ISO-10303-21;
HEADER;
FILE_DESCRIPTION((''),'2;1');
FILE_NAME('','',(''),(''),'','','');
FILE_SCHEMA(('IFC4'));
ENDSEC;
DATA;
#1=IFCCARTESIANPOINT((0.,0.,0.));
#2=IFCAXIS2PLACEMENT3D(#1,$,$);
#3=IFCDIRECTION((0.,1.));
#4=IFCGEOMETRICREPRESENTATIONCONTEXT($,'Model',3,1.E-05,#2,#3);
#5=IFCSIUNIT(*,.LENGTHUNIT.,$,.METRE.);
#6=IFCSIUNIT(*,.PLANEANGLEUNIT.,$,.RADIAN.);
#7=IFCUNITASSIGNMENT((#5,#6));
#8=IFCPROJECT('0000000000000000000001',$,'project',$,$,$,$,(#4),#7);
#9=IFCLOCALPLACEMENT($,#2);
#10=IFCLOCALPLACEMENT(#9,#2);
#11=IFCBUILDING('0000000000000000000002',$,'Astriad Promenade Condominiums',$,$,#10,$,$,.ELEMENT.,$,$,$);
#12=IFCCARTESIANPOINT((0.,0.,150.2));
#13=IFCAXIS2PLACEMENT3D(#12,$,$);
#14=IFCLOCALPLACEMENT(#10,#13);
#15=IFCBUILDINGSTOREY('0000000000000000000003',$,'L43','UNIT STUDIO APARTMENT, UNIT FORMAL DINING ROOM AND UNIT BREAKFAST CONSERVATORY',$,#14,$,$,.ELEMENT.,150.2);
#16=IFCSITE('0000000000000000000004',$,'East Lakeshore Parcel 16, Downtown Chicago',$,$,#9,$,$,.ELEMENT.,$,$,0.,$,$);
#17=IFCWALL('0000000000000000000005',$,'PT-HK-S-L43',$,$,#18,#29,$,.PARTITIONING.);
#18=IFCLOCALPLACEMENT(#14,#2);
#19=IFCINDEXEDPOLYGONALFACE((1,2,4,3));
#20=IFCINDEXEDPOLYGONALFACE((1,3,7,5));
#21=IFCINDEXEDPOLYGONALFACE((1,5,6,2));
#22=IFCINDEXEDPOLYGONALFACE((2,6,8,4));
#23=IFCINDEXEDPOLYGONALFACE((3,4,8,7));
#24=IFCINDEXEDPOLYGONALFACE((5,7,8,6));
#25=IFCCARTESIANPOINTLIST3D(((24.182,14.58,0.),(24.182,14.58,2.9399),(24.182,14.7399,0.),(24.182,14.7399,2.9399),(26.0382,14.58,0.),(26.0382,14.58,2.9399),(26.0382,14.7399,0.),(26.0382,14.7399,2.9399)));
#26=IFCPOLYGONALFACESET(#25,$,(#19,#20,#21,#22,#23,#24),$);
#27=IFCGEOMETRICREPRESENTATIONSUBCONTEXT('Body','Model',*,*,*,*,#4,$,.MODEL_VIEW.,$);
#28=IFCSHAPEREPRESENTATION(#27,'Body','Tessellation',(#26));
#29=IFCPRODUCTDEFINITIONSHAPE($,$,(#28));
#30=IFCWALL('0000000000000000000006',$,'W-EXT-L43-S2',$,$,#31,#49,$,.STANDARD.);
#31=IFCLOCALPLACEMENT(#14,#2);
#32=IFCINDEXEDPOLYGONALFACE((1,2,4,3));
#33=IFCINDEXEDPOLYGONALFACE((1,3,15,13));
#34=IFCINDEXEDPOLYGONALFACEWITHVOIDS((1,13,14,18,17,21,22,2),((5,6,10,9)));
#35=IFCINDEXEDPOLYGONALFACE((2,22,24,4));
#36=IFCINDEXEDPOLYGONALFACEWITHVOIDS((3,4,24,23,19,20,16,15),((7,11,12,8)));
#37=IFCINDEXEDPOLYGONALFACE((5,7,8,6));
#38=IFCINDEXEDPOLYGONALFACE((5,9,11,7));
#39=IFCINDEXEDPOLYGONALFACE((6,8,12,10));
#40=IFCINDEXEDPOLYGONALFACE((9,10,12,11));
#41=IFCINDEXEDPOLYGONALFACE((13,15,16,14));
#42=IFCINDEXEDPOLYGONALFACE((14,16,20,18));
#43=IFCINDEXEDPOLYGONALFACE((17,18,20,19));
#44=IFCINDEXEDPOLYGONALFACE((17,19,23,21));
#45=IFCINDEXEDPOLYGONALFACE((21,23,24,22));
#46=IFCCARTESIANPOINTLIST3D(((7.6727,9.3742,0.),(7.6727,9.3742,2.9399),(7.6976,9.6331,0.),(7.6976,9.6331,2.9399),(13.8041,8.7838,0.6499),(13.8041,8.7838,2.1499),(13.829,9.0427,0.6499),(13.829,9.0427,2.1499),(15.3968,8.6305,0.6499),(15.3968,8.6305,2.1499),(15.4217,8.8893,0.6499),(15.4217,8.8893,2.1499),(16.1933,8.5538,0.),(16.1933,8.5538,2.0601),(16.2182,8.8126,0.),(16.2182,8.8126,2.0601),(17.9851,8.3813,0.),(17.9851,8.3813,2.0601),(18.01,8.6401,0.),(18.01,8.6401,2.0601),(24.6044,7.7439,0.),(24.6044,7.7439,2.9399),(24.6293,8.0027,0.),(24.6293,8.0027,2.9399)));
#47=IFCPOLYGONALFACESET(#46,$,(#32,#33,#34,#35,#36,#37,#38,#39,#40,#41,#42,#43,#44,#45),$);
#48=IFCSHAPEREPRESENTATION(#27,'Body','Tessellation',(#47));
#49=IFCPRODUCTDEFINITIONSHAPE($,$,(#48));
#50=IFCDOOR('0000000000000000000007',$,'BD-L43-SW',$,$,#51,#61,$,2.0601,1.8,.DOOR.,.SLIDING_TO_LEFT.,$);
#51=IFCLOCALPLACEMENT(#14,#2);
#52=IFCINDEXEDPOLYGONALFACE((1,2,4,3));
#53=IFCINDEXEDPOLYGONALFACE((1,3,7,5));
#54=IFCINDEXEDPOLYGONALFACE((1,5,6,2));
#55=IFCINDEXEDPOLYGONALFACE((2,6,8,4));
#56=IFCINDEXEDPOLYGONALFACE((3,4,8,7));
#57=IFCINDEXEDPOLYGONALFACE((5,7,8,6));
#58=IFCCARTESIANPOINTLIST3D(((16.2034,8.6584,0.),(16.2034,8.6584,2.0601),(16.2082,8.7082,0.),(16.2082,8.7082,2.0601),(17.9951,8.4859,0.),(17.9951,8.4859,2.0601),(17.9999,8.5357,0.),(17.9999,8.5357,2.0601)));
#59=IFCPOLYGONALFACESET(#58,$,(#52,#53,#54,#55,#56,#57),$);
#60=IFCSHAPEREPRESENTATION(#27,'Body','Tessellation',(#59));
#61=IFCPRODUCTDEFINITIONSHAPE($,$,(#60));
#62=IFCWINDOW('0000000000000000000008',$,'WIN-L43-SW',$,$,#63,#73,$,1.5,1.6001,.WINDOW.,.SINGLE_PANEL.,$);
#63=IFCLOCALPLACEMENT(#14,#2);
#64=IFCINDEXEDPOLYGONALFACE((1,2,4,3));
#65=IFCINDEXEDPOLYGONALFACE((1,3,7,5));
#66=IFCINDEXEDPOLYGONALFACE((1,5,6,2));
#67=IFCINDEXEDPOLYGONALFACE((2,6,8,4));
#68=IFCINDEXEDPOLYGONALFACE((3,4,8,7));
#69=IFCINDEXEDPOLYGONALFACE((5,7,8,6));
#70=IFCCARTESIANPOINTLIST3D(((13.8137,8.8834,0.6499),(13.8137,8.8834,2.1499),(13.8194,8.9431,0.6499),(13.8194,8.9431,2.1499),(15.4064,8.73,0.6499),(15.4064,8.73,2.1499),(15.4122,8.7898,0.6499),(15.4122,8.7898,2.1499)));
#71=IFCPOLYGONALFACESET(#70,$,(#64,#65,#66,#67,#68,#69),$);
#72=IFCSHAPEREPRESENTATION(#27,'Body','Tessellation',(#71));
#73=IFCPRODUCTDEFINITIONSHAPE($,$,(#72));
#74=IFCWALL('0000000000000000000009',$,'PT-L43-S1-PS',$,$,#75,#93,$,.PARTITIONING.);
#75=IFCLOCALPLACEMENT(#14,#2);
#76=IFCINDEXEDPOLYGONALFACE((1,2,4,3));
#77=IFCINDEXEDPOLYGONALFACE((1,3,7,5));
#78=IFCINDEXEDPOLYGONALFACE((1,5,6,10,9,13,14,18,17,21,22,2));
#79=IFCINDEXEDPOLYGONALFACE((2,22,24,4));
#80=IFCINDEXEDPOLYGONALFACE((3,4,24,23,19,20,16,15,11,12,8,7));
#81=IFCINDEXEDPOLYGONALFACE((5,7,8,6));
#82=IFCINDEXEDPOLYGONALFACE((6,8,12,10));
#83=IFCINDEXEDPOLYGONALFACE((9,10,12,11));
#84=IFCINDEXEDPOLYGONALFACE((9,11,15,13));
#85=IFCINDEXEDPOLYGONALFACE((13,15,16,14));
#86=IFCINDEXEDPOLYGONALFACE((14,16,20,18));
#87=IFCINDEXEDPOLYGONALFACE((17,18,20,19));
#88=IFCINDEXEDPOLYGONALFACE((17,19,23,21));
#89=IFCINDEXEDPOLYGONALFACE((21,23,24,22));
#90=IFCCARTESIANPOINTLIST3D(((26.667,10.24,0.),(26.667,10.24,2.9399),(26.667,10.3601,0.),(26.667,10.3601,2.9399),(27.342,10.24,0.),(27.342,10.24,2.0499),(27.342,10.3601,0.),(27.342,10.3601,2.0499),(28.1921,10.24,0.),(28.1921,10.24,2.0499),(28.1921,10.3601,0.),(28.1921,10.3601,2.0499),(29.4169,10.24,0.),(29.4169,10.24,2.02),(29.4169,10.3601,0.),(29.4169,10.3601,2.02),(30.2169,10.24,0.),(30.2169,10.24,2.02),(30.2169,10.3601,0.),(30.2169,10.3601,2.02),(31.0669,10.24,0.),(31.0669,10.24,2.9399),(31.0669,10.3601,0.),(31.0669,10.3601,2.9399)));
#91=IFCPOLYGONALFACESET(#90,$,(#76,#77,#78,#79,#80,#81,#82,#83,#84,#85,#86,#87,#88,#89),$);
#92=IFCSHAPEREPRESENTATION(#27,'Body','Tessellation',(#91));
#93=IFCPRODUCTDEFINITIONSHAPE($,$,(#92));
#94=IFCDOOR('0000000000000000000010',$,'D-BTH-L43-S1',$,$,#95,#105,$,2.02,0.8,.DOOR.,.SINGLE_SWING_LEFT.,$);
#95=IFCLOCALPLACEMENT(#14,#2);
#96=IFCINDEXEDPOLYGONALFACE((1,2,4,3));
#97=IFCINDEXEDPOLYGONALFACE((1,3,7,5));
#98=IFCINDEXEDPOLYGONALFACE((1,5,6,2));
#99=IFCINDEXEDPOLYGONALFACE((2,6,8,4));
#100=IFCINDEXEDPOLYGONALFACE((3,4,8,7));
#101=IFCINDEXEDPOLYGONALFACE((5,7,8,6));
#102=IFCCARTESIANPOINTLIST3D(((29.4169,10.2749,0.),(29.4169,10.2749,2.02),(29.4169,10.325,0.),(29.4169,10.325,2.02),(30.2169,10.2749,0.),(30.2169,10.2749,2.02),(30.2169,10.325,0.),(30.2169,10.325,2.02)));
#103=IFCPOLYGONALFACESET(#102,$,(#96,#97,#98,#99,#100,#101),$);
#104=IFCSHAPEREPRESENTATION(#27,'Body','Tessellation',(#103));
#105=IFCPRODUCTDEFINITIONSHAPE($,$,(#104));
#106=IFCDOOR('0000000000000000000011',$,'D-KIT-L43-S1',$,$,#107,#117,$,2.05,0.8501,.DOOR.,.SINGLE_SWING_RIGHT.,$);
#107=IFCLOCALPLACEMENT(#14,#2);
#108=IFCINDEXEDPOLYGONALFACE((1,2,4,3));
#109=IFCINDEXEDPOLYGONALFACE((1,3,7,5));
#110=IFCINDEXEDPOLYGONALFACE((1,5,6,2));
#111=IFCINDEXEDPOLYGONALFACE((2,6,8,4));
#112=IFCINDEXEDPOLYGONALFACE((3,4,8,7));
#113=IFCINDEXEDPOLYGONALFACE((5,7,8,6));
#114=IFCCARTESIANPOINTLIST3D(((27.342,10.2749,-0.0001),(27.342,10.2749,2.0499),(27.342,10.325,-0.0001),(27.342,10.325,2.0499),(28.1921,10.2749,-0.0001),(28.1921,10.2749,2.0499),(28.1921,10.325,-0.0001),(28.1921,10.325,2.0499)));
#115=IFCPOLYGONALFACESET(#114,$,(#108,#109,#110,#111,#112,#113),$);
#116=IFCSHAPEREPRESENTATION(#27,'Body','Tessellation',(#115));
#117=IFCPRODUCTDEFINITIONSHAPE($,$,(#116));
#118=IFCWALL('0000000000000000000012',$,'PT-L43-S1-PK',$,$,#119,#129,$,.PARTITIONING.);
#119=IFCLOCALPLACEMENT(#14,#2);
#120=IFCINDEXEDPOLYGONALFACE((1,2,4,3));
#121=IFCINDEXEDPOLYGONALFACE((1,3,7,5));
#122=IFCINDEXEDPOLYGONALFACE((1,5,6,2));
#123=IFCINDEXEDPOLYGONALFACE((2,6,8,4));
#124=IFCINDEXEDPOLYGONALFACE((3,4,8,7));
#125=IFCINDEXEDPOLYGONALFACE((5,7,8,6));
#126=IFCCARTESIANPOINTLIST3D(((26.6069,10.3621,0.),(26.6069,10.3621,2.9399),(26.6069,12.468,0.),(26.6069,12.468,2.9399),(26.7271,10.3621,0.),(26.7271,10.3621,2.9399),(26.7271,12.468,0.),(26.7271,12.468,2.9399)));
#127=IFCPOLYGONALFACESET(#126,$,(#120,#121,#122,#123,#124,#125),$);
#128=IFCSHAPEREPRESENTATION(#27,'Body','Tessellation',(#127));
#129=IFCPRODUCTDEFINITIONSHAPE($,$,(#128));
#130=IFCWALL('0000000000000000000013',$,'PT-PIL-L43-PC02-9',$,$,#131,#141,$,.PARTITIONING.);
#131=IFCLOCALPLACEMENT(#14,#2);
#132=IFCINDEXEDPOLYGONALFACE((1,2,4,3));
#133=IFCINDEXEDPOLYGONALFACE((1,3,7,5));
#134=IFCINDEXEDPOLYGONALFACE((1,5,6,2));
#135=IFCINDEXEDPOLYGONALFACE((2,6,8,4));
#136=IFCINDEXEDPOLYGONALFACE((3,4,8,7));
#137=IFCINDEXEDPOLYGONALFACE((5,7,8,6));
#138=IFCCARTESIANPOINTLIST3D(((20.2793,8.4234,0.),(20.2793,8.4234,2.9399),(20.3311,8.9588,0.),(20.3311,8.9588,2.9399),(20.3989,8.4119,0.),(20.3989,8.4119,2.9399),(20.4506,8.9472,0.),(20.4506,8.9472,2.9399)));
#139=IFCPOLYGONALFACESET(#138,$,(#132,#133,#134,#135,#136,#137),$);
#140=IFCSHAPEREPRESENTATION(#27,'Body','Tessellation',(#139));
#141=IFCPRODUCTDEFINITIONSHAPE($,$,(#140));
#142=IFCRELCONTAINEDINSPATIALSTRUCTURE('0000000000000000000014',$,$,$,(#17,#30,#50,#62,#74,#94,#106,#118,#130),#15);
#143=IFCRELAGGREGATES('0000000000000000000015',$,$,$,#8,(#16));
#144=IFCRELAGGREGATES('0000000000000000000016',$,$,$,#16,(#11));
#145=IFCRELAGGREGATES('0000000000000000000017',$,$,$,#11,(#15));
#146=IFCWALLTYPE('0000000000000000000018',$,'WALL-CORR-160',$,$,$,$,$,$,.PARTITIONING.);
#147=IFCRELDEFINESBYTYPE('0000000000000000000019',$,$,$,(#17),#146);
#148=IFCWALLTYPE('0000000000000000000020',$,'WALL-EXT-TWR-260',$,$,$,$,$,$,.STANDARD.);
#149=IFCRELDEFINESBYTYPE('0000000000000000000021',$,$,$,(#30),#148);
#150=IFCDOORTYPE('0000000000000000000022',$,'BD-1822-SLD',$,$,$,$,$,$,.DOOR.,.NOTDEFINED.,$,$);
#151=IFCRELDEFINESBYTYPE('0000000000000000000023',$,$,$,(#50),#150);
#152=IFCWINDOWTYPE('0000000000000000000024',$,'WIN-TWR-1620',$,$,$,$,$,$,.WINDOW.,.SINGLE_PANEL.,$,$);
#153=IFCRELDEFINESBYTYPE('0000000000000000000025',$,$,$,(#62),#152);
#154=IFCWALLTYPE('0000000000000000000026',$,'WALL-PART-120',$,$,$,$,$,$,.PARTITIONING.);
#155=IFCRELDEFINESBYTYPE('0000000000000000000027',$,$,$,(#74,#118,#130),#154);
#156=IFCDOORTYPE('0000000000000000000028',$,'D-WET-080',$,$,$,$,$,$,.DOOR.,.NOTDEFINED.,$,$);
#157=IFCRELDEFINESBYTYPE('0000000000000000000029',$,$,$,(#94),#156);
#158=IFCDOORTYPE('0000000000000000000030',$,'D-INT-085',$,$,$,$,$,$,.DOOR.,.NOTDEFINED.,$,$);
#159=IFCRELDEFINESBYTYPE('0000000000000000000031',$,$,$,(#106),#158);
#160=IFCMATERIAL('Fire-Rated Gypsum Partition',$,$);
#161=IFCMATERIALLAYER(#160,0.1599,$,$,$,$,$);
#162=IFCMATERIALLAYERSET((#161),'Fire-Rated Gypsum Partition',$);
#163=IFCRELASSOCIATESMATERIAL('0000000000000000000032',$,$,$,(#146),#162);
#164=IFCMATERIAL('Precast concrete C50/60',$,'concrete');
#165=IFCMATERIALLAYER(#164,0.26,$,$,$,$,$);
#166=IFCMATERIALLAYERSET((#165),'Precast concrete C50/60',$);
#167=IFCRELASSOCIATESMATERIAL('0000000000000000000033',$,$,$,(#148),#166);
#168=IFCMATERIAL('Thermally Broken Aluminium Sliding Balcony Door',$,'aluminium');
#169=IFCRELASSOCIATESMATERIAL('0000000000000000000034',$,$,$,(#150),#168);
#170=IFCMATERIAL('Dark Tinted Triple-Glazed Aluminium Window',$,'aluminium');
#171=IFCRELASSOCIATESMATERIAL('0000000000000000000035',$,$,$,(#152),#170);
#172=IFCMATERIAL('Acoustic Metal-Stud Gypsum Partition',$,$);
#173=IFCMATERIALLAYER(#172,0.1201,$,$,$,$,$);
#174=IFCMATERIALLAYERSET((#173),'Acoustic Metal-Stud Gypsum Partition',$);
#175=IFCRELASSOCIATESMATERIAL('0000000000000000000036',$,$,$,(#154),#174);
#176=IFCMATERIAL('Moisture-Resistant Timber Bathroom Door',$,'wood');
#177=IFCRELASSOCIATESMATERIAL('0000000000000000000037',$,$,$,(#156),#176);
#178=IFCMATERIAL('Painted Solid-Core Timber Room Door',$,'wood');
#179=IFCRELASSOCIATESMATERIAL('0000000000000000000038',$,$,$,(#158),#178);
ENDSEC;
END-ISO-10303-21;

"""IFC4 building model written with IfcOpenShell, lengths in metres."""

from ifc_helpers import new_model, si_unit, direction, frame, frame_2d, origin, place, context, subcontext, project, spatial, rectangle, extrude, source, transform, mapped, material, layer, layer_set, type_object, type_shapes, element, fill, save


model = new_model("IFC4")

# Units and contexts
model_context = context("Model", 3, precision=1e-05, world=origin(), true_north=direction((0.0, 1.0)))
body_context = subcontext(model_context, "Body", "Model", "MODEL_VIEW")
ifc_project = project(units=[si_unit("LENGTHUNIT", "METRE"), si_unit("PLANEANGLEUNIT", "RADIAN")], contexts=[model_context])

# Site, building, storey
site_placement = place(None, origin())
site = spatial("IfcSite", under=ifc_project, at=site_placement, Name="East Lakeshore Parcel 16, Downtown Chicago", CompositionType="ELEMENT", RefElevation=0.0)
building_placement = place(site_placement, origin())
building = spatial("IfcBuilding", under=site, at=building_placement, Name="Astriad Promenade Condominiums", CompositionType="ELEMENT")
storey_placement = place(building_placement, frame((0.0, 0.0, 150.2)))
storey = spatial("IfcBuildingStorey", under=building, at=storey_placement, Name="L43", Description="UNIT STUDIO APARTMENT, UNIT FORMAL DINING ROOM AND UNIT BREAKFAST CONSERVATORY", CompositionType="ELEMENT", Elevation=150.2)

# Shared definitions
ifc_material_1 = material(Name="Fire-Rated Gypsum Partition")
ifc_layer_1 = layer(ifc_material_1, 0.1599)
ifc_layer_set_1 = layer_set([ifc_layer_1], Name="Fire-Rated Gypsum Partition")
wall_type_1 = type_object("IfcWallType", Name="WALL-CORR-160", PredefinedType="PARTITIONING", material=ifc_layer_set_1)

# Wall
wall_1_placement = place(storey_placement, frame((24.1819, 14.6599, 0.0), z_axis=(0.0, 0.0, 1.0), x_axis=(1.0, 0.0, 0.0)))
element("IfcWall", 1, at=wall_1_placement, inside=storey, type_object=wall_type_1, Name="PT-HK-S-L43", PredefinedType="PARTITIONING", context=body_context, shape_type="SweptSolid", body=[
    extrude(rectangle(XDim=1.8562, YDim=0.1599, at=frame_2d((0.9282, 0.0))), origin(), (0.0, 0.0, 1.0), 2.9399),
])

# Wall, openings, door, window
ifc_material_2 = material(Name="Precast concrete C50/60", Category="concrete")
ifc_layer_2 = layer(ifc_material_2, 0.26)
ifc_layer_set_2 = layer_set([ifc_layer_2], Name="Precast concrete C50/60")
wall_type_2 = type_object("IfcWallType", Name="WALL-EXT-TWR-260", PredefinedType="STANDARD", material=ifc_layer_set_2)
wall_2_placement = place(storey_placement, frame((24.6167, 7.8733, 0.0), z_axis=(0.0, 0.0, 1.0), x_axis=(-0.995396, 0.095848, 0.0)))
wall_2 = element("IfcWall", 2, at=wall_2_placement, inside=storey, type_object=wall_type_2, Name="W-EXT-L43-S2", PredefinedType="STANDARD", context=body_context, shape_type="SweptSolid", body=[
    extrude(rectangle(XDim=17.01, YDim=0.26, at=frame_2d((8.5049, 0.0))), origin(), (0.0, 0.0, 1.0), 2.9399),
])
opening_1_placement = place(wall_2_placement, frame((6.6499, 0.0, 0.0)))
opening_1 = element("IfcOpeningElement", 3, at=opening_1_placement, cuts=wall_2, PredefinedType="OPENING", context=body_context, shape_type="SweptSolid", body=[
    extrude(rectangle(XDim=1.8, YDim=2.0601, at=frame_2d((0.8999, 1.03))), frame((0.0, 0.1399, 0.0), z_axis=(0.0, -1.0, 0.0), x_axis=(1.0, 0.0, 0.0)), (0.0, 0.0, 1.0), 0.28),
])
opening_2_placement = place(wall_2_placement, frame((9.25, 0.0, 0.6499)))
opening_2 = element("IfcOpeningElement", 4, at=opening_2_placement, cuts=wall_2, PredefinedType="OPENING", context=body_context, shape_type="SweptSolid", body=[
    extrude(rectangle(XDim=1.6001, YDim=1.5, at=frame_2d((0.8, 0.75))), frame((0.0, 0.1399, 0.0), z_axis=(0.0, -1.0, 0.0), x_axis=(1.0, 0.0, 0.0)), (0.0, 0.0, 1.0), 0.28),
])
ifc_material_3 = material(Name="Thermally Broken Aluminium Sliding Balcony Door", Category="aluminium")
door_type_1 = type_object("IfcDoorType", Name="BD-1822-SLD", OperationType="NOTDEFINED", PredefinedType="DOOR", material=ifc_material_3)
shared_shape_1 = source(origin(), body_context, "Body", "SweptSolid", [
    extrude(rectangle(XDim=1.8, YDim=2.0601, at=frame_2d((0.8999, 1.03))), frame((0.0, 0.0249, 0.0), z_axis=(0.0, -1.0, 0.0), x_axis=(1.0, 0.0, 0.0)), (0.0, 0.0, 1.0), 0.05),
])
type_shapes(door_type_1, [shared_shape_1])
door_1_placement = place(opening_1_placement, origin())
door_1 = element("IfcDoor", 5, at=door_1_placement, inside=storey, type_object=door_type_1, Name="BD-L43-SW", OperationType="SLIDING_TO_LEFT", OverallHeight=2.0601, OverallWidth=1.8, PredefinedType="DOOR", context=body_context, shape_type="MappedRepresentation", body=[
    mapped(shared_shape_1, transform((0.0, 0.0, 0.0), scale=1.0)),
])
fill(opening_1, door_1)
ifc_material_4 = material(Name="Dark Tinted Triple-Glazed Aluminium Window", Category="aluminium")
window_type = type_object("IfcWindowType", Name="WIN-TWR-1620", PartitioningType="SINGLE_PANEL", PredefinedType="WINDOW", material=ifc_material_4)
shared_shape_2 = source(origin(), body_context, "Body", "SweptSolid", [
    extrude(rectangle(XDim=1.6001, YDim=1.5, at=frame_2d((0.8, 0.75))), frame((0.0, 0.03, 0.0), z_axis=(0.0, -1.0, 0.0), x_axis=(1.0, 0.0, 0.0)), (0.0, 0.0, 1.0), 0.0601),
])
type_shapes(window_type, [shared_shape_2])
window_placement = place(opening_2_placement, origin())
window = element("IfcWindow", 6, at=window_placement, inside=storey, type_object=window_type, Name="WIN-L43-SW", OverallHeight=1.5, OverallWidth=1.6001, PartitioningType="SINGLE_PANEL", PredefinedType="WINDOW", context=body_context, shape_type="MappedRepresentation", body=[
    mapped(shared_shape_2, transform((0.0, 0.0, 0.0), scale=1.0)),
])
fill(opening_2, window)

# Wall, openings, doors
ifc_material_5 = material(Name="Acoustic Metal-Stud Gypsum Partition")
ifc_layer_3 = layer(ifc_material_5, 0.1201)
ifc_layer_set_3 = layer_set([ifc_layer_3], Name="Acoustic Metal-Stud Gypsum Partition")
wall_type_3 = type_object("IfcWallType", Name="WALL-PART-120", PredefinedType="PARTITIONING", material=ifc_layer_set_3)
wall_3_placement = place(storey_placement, frame((26.667, 10.3, 0.0), z_axis=(0.0, 0.0, 1.0), x_axis=(1.0, 0.0, 0.0)))
wall_3 = element("IfcWall", 7, at=wall_3_placement, inside=storey, type_object=wall_type_3, Name="PT-L43-S1-PS", PredefinedType="PARTITIONING", context=body_context, shape_type="SweptSolid", body=[
    extrude(rectangle(XDim=4.3999, YDim=0.1201, at=frame_2d((2.2, 0.0))), origin(), (0.0, 0.0, 1.0), 2.9399),
])
opening_3_placement = place(wall_3_placement, frame((0.675, 0.0, 0.0)))
opening_3 = element("IfcOpeningElement", 8, at=opening_3_placement, cuts=wall_3, PredefinedType="OPENING", context=body_context, shape_type="SweptSolid", body=[
    extrude(rectangle(XDim=0.8501, YDim=2.05, at=frame_2d((0.425, 1.0249))), frame((0.0, 0.0701, 0.0), z_axis=(0.0, -1.0, 0.0), x_axis=(1.0, 0.0, 0.0)), (0.0, 0.0, 1.0), 0.1401),
])
opening_4_placement = place(wall_3_placement, frame((2.75, 0.0, 0.0)))
opening_4 = element("IfcOpeningElement", 9, at=opening_4_placement, cuts=wall_3, PredefinedType="OPENING", context=body_context, shape_type="SweptSolid", body=[
    extrude(rectangle(XDim=0.8, YDim=2.02, at=frame_2d((0.3999, 1.01))), frame((0.0, 0.0701, 0.0), z_axis=(0.0, -1.0, 0.0), x_axis=(1.0, 0.0, 0.0)), (0.0, 0.0, 1.0), 0.1401),
])
ifc_material_6 = material(Name="Moisture-Resistant Timber Bathroom Door", Category="wood")
door_type_2 = type_object("IfcDoorType", Name="D-WET-080", OperationType="NOTDEFINED", PredefinedType="DOOR", material=ifc_material_6)
shared_shape_3 = source(origin(), body_context, "Body", "SweptSolid", [
    extrude(rectangle(XDim=0.8, YDim=2.02, at=frame_2d((0.3999, 1.01))), frame((0.0, 0.0249, 0.0), z_axis=(0.0, -1.0, 0.0), x_axis=(1.0, 0.0, 0.0)), (0.0, 0.0, 1.0), 0.05),
])
type_shapes(door_type_2, [shared_shape_3])
door_2_placement = place(opening_4_placement, origin())
door_2 = element("IfcDoor", 10, at=door_2_placement, inside=storey, type_object=door_type_2, Name="D-BTH-L43-S1", OperationType="SINGLE_SWING_LEFT", OverallHeight=2.02, OverallWidth=0.8, PredefinedType="DOOR", context=body_context, shape_type="MappedRepresentation", body=[
    mapped(shared_shape_3, transform((0.0, 0.0, 0.0), scale=1.0)),
])
fill(opening_4, door_2)
ifc_material_7 = material(Name="Painted Solid-Core Timber Room Door", Category="wood")
door_type_3 = type_object("IfcDoorType", Name="D-INT-085", OperationType="NOTDEFINED", PredefinedType="DOOR", material=ifc_material_7)
shared_shape_4 = source(origin(), body_context, "Body", "SweptSolid", [
    extrude(rectangle(XDim=0.8501, YDim=2.05, at=frame_2d((0.425, 1.0249))), frame((0.0, 0.0249, 0.0), z_axis=(0.0, -1.0, 0.0), x_axis=(1.0, 0.0, 0.0)), (0.0, 0.0, 1.0), 0.05),
])
type_shapes(door_type_3, [shared_shape_4])
door_3_placement = place(opening_3_placement, origin())
door_3 = element("IfcDoor", 11, at=door_3_placement, inside=storey, type_object=door_type_3, Name="D-KIT-L43-S1", OperationType="SINGLE_SWING_RIGHT", OverallHeight=2.05, OverallWidth=0.8501, PredefinedType="DOOR", context=body_context, shape_type="MappedRepresentation", body=[
    mapped(shared_shape_4, transform((0.0, 0.0, 0.0), scale=1.0)),
])
fill(opening_3, door_3)

# Walls
wall_4_placement = place(storey_placement, frame((26.667, 10.3621, 0.0), z_axis=(0.0, 0.0, 1.0), x_axis=(0.0, 1.0, 0.0)))
element("IfcWall", 12, at=wall_4_placement, inside=storey, type_object=wall_type_3, Name="PT-L43-S1-PK", PredefinedType="PARTITIONING", context=body_context, shape_type="SweptSolid", body=[
    extrude(rectangle(XDim=2.106, YDim=0.1201, at=frame_2d((1.053, 0.0))), origin(), (0.0, 0.0, 1.0), 2.9399),
])
wall_5_placement = place(storey_placement, frame((20.3909, 8.9531, 0.0), z_axis=(0.0, 0.0, 1.0), x_axis=(-0.096223, -0.99536, 0.0)))
element("IfcWall", 13, at=wall_5_placement, inside=storey, type_object=wall_type_3, Name="PT-PIL-L43-PC02-9", PredefinedType="PARTITIONING", context=body_context, shape_type="SweptSolid", body=[
    extrude(rectangle(XDim=0.5378, YDim=0.1201, at=frame_2d((0.269, 0.0))), origin(), (0.0, 0.0, 1.0), 2.9399),
])

save(model, "model.ifc")
